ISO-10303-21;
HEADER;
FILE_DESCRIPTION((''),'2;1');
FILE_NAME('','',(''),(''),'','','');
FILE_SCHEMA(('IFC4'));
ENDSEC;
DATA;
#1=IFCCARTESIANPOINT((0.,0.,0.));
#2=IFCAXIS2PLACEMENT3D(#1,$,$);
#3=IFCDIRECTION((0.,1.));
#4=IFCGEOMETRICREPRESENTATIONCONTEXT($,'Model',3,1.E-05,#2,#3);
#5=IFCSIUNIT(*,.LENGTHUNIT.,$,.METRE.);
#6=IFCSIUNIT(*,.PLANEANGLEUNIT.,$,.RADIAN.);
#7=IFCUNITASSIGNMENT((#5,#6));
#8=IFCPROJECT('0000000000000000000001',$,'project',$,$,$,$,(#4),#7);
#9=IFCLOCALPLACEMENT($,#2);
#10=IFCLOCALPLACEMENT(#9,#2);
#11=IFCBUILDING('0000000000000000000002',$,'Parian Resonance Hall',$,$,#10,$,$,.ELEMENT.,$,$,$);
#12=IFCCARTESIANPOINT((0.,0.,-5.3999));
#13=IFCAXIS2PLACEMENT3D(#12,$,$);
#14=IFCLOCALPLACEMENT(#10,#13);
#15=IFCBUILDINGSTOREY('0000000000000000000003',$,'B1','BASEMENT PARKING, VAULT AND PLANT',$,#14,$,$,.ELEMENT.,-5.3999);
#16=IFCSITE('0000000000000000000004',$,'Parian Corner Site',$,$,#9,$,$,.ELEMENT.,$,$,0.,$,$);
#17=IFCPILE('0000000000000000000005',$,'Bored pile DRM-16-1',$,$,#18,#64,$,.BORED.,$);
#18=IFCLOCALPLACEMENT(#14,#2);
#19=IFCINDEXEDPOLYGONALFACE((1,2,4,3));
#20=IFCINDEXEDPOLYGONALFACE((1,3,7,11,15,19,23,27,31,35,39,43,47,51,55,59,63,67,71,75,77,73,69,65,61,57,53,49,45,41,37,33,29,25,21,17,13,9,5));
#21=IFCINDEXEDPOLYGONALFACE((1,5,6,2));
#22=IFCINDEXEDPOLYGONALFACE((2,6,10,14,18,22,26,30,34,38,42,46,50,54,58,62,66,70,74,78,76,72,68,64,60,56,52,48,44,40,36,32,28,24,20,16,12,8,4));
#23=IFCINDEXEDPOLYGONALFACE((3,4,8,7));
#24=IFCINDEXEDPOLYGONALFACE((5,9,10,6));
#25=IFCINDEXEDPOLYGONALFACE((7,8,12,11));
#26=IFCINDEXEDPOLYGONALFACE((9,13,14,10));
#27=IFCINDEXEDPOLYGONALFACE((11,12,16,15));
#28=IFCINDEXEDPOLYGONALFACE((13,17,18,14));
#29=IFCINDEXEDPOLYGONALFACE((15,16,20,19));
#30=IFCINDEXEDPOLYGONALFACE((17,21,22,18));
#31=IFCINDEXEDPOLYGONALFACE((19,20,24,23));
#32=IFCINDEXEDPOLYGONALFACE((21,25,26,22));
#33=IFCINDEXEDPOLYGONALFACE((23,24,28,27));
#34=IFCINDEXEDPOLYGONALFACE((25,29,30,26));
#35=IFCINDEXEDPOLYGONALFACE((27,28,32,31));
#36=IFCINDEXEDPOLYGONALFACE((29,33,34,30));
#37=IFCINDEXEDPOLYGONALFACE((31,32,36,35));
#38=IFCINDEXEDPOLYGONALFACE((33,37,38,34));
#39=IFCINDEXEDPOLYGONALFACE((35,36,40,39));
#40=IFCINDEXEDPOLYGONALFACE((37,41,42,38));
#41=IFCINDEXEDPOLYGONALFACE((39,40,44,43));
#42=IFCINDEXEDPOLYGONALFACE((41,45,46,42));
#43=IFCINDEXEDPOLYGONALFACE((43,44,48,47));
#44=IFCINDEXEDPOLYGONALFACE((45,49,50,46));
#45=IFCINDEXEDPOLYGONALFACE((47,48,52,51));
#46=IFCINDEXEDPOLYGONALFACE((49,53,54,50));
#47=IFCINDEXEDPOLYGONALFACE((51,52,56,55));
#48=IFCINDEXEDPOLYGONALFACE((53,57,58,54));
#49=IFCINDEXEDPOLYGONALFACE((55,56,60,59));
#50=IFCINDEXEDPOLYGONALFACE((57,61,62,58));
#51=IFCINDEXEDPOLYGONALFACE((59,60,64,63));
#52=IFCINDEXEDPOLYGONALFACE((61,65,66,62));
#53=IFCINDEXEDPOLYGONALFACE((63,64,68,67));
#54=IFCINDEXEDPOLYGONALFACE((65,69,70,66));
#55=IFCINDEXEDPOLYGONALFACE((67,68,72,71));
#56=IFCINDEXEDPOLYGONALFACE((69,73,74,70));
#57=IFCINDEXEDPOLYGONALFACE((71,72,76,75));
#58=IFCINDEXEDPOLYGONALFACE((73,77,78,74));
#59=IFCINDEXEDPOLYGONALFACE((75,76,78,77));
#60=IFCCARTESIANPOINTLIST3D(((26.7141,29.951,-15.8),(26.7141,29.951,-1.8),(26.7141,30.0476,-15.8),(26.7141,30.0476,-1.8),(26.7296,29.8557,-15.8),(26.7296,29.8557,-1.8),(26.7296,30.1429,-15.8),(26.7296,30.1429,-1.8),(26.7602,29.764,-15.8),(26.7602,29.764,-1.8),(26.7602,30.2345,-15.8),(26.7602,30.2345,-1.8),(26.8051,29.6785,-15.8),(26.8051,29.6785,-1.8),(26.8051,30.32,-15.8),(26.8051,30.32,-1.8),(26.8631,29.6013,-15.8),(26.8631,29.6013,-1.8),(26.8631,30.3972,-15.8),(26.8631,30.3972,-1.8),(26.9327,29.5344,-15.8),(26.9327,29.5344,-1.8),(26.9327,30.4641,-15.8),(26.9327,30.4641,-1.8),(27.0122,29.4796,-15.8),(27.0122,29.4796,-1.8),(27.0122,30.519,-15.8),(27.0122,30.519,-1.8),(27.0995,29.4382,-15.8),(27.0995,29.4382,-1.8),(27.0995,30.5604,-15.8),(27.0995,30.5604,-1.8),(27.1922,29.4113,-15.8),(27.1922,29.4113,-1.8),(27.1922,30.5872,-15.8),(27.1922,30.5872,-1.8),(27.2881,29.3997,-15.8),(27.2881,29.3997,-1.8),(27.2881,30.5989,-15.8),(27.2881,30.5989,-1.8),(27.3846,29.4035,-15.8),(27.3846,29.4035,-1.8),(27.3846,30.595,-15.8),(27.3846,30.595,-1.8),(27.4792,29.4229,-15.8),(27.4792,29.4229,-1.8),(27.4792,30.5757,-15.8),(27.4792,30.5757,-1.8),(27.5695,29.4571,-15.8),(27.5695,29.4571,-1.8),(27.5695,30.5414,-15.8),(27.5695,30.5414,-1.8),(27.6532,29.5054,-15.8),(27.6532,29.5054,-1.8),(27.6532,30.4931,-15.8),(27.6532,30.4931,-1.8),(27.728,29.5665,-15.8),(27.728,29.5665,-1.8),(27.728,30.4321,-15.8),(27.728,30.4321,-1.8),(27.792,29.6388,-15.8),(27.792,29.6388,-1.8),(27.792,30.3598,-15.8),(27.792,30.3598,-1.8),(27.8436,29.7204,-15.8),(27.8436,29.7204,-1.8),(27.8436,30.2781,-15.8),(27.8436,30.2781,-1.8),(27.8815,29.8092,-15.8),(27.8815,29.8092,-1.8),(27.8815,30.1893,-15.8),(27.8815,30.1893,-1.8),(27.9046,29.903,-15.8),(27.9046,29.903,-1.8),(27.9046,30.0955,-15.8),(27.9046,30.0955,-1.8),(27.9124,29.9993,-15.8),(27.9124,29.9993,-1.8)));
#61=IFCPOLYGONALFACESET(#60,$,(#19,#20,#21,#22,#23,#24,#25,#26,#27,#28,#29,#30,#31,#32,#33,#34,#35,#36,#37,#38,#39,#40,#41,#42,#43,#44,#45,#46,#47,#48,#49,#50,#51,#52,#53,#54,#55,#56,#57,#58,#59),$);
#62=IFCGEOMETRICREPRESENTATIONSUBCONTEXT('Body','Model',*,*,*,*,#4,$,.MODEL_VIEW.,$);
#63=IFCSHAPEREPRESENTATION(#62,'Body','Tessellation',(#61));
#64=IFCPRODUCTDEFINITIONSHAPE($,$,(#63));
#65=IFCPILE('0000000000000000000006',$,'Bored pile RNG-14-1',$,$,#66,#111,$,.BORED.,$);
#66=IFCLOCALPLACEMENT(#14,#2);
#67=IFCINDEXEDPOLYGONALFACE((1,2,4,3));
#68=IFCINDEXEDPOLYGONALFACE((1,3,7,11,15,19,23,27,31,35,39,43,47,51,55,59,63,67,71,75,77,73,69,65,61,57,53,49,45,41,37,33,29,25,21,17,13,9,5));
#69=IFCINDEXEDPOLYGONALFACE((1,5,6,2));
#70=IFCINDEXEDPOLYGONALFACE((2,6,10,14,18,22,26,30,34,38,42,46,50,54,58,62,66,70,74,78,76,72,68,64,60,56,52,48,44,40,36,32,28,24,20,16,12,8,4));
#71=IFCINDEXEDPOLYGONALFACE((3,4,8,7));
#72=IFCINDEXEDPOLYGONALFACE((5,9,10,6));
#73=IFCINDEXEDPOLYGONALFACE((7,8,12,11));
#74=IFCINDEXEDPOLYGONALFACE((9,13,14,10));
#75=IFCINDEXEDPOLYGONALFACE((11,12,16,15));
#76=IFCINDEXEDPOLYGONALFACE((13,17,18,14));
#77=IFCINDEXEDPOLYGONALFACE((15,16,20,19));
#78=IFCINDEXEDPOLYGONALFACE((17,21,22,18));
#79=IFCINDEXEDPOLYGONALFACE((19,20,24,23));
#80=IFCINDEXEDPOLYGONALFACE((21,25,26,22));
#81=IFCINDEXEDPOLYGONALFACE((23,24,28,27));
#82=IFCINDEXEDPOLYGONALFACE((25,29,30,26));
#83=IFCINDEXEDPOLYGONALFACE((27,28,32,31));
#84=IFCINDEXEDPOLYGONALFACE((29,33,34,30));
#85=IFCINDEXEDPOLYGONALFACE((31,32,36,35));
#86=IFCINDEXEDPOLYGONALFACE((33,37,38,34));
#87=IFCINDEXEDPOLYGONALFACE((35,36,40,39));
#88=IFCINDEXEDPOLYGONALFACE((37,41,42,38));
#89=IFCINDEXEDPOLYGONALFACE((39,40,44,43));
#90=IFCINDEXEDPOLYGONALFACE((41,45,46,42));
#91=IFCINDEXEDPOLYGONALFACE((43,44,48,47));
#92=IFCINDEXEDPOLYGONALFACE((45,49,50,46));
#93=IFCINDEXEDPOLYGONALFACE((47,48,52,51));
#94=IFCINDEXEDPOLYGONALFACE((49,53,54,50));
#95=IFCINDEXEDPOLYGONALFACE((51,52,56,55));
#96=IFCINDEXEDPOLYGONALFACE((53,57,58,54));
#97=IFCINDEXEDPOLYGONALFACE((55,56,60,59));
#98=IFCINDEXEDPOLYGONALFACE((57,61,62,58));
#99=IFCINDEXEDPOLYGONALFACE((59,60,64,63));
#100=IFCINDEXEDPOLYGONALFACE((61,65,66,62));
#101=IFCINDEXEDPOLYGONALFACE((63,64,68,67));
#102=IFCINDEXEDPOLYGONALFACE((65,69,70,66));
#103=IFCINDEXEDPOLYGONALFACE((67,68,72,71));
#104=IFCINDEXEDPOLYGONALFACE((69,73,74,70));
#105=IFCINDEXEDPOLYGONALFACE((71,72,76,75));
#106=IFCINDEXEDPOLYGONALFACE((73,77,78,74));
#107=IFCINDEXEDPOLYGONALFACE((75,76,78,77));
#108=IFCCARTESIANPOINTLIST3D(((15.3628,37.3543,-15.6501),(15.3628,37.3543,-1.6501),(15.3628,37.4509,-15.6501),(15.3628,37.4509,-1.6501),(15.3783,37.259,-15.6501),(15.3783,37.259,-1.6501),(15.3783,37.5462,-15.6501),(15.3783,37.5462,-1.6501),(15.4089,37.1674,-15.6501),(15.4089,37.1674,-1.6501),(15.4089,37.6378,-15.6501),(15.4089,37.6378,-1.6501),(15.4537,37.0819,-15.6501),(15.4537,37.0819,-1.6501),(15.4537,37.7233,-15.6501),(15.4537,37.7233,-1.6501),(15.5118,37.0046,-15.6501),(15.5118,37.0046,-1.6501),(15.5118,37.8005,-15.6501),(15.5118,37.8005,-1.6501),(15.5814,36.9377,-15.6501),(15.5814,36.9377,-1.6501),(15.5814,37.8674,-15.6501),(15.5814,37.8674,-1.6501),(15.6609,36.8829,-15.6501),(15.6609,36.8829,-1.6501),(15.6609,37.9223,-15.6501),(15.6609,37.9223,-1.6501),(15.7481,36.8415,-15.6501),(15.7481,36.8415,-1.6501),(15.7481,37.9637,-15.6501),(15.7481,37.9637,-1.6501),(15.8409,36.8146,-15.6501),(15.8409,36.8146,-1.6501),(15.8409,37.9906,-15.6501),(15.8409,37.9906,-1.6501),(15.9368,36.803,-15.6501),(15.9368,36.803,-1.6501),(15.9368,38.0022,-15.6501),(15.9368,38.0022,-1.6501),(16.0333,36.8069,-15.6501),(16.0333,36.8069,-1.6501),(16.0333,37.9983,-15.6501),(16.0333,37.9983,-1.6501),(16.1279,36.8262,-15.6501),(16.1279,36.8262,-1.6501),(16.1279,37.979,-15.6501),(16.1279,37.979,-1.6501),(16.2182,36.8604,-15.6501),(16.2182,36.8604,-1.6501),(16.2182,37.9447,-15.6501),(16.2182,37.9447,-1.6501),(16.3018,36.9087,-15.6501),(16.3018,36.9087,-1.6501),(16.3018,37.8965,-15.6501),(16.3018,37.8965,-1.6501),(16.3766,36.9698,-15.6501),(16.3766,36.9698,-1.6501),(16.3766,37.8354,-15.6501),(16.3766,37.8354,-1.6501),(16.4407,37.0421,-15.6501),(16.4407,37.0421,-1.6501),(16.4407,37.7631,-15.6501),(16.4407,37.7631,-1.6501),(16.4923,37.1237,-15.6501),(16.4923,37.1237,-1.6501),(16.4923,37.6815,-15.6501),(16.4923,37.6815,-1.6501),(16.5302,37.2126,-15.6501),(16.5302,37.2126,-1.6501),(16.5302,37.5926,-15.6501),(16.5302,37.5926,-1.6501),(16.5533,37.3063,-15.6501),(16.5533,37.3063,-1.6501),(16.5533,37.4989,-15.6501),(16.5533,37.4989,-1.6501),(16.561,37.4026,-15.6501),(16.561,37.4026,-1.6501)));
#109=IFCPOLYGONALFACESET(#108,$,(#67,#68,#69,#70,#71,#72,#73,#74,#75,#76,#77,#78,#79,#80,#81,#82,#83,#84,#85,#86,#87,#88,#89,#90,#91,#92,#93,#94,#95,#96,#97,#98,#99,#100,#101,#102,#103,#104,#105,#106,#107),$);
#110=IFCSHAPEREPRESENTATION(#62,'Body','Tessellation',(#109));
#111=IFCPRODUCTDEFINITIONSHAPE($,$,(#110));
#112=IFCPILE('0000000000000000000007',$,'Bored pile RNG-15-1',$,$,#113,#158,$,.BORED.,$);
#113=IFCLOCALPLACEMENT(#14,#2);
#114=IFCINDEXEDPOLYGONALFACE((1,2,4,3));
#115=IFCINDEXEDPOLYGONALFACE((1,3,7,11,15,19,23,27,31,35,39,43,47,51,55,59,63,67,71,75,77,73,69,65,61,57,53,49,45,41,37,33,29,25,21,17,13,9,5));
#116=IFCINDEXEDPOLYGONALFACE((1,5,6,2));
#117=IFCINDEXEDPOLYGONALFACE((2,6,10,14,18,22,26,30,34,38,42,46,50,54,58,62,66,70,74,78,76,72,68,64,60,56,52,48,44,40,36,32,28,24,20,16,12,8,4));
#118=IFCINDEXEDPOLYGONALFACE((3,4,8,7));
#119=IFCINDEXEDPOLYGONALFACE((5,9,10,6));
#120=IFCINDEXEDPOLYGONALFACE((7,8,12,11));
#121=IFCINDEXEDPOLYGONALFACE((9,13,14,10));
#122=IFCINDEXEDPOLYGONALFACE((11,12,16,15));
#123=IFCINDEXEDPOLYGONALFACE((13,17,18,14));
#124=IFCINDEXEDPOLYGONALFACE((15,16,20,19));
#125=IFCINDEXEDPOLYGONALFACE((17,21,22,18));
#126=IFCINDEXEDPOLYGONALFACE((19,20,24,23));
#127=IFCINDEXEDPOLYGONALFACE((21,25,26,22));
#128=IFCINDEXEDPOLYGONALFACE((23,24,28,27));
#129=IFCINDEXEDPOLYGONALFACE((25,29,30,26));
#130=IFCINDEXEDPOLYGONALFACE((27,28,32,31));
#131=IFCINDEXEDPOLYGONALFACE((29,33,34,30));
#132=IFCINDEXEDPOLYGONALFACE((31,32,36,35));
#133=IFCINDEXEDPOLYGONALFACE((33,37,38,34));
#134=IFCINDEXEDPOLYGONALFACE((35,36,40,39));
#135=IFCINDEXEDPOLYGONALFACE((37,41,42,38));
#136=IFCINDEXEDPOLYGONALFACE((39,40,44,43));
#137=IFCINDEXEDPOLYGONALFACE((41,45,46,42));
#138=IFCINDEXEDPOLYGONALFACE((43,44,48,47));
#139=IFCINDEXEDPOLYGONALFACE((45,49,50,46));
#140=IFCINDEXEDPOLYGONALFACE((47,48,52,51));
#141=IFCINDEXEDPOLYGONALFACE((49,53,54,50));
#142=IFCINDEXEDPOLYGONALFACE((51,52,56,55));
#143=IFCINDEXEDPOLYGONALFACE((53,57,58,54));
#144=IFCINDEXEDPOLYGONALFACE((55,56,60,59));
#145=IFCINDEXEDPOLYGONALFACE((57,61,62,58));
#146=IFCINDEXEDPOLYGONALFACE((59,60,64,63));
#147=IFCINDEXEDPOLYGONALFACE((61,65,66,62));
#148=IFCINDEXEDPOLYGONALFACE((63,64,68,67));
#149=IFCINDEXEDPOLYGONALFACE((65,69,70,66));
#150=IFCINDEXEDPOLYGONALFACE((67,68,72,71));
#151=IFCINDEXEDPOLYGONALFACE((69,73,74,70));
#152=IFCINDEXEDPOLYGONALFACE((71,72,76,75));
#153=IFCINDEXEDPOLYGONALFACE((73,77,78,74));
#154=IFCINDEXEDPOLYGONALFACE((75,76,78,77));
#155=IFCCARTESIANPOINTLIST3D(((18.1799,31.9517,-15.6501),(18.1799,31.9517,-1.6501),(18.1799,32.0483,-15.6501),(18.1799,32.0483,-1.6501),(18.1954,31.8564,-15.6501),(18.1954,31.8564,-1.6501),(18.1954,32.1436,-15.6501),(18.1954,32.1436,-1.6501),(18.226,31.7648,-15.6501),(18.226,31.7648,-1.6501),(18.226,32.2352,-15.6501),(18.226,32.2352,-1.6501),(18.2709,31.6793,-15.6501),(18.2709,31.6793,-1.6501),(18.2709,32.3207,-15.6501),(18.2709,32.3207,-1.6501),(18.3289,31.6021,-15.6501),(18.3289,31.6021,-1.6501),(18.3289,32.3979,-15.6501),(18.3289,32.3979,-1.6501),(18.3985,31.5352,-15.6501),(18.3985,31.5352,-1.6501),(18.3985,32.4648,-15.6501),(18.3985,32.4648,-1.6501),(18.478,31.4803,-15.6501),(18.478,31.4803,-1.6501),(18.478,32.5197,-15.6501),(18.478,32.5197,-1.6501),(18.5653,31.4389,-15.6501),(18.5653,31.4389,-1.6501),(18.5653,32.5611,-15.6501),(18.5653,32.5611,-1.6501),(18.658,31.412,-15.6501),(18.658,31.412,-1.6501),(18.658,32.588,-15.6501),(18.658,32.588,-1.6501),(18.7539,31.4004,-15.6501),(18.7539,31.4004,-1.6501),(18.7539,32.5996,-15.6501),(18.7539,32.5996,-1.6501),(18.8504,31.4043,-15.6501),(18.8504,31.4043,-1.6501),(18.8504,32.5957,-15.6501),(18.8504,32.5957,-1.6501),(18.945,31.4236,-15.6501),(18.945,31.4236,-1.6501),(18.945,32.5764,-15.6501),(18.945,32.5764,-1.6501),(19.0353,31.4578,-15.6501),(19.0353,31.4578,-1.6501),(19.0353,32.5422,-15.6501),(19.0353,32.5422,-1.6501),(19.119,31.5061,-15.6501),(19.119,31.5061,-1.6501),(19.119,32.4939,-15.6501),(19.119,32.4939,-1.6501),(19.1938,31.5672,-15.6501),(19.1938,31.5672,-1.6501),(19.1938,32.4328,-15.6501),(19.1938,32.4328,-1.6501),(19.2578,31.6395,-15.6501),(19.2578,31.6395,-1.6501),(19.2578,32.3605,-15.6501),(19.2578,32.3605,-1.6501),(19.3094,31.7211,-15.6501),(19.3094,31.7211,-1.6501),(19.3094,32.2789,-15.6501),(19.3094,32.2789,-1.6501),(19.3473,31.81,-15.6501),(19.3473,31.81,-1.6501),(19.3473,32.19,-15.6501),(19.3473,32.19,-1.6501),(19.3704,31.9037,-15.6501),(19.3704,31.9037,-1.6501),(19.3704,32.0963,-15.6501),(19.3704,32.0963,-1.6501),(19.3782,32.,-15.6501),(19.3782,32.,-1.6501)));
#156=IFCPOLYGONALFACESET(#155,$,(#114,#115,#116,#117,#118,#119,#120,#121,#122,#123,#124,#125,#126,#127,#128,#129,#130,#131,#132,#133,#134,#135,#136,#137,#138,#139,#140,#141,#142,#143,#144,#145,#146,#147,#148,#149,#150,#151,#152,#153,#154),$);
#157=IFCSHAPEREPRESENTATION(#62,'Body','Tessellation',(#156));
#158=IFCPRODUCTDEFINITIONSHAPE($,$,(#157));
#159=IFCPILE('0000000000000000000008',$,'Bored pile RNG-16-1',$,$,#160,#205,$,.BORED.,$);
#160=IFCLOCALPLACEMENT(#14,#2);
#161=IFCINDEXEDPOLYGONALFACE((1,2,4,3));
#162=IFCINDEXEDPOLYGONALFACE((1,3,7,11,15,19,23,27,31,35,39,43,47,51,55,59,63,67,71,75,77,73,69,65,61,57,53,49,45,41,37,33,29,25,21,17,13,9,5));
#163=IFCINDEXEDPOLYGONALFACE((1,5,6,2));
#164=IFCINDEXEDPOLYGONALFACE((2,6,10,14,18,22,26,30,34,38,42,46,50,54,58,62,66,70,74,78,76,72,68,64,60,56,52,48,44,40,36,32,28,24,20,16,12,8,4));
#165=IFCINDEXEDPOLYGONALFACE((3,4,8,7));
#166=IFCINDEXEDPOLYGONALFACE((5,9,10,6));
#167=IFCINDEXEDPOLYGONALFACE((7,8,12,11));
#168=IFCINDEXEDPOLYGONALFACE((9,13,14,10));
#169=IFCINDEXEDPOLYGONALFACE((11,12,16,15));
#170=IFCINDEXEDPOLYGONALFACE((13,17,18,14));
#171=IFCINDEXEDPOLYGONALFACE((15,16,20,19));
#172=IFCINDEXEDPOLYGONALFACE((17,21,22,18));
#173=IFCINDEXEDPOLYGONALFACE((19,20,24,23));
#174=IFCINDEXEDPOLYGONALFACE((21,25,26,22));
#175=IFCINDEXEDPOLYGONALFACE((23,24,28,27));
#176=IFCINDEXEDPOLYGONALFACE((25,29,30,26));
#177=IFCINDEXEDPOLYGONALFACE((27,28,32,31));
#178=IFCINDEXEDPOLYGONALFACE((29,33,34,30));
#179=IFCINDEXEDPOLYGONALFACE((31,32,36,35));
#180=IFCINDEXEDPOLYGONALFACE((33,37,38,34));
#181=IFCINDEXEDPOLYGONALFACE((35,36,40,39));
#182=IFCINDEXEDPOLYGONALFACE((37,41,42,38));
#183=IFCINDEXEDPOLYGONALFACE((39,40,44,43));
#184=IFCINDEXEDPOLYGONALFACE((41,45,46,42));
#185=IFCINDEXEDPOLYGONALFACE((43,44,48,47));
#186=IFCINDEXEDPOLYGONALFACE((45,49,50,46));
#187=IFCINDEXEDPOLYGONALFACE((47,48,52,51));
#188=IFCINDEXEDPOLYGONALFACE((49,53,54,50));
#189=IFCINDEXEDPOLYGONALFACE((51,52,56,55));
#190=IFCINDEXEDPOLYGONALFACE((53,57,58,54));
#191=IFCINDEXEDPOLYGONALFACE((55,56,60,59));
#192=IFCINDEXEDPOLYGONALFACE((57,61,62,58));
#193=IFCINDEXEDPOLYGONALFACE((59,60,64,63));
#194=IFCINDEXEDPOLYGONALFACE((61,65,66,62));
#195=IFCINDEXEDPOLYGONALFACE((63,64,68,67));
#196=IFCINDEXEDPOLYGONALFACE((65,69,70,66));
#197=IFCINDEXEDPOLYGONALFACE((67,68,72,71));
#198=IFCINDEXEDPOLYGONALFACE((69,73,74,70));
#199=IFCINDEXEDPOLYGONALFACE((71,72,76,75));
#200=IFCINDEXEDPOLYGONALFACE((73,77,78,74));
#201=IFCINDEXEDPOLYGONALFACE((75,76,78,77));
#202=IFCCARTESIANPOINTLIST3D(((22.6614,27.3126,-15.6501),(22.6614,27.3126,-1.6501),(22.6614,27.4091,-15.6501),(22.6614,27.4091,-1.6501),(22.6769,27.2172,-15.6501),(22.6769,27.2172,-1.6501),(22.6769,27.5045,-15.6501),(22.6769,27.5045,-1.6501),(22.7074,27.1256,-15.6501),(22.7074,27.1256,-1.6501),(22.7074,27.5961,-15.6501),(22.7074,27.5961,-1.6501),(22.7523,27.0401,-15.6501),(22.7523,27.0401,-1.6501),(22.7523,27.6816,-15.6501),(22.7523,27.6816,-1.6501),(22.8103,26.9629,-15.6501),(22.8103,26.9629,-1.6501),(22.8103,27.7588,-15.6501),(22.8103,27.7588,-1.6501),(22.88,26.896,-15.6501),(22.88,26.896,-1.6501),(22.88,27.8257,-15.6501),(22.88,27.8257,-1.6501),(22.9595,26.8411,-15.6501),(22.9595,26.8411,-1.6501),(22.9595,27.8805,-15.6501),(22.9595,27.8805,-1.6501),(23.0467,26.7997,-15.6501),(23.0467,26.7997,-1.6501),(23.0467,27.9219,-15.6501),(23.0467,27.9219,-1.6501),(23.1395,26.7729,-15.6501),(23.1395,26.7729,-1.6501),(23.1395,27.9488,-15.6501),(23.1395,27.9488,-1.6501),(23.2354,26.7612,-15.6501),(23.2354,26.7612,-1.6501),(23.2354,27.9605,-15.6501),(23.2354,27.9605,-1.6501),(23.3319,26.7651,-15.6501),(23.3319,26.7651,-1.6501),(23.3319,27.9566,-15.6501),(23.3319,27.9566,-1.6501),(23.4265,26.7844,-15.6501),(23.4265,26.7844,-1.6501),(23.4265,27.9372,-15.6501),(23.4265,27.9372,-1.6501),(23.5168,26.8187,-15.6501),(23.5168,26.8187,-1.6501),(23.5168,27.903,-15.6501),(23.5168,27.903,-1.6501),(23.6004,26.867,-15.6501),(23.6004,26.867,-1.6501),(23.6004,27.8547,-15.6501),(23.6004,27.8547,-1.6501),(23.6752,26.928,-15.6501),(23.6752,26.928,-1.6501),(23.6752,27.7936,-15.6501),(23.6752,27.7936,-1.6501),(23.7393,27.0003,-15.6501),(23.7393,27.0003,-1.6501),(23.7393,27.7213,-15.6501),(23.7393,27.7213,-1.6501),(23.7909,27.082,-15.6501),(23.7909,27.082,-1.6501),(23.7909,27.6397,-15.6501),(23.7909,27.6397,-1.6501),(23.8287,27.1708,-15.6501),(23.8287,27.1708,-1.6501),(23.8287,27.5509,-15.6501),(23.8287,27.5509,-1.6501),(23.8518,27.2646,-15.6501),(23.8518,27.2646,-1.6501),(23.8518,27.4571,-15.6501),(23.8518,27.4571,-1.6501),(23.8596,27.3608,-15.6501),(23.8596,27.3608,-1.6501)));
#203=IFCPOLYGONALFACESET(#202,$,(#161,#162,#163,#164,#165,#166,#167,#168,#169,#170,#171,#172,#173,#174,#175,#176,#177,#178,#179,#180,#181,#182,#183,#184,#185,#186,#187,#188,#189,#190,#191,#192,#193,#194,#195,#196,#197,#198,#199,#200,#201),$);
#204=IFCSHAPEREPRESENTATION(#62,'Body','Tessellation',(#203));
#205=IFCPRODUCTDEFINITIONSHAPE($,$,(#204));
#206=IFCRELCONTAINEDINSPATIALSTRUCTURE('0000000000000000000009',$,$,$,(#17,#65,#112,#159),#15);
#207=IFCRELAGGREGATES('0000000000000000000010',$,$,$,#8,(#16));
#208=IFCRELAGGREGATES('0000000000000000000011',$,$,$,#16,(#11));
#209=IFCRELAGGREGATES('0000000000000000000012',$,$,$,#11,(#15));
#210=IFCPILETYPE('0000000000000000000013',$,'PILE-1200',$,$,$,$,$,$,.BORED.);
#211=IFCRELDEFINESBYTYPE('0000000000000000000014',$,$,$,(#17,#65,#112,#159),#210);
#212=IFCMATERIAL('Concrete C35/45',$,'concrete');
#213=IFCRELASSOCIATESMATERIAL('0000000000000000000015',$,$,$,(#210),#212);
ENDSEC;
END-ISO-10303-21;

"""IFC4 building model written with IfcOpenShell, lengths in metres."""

from ifc_helpers import new_model, si_unit, direction, frame, origin, origin_2d, place, context, subcontext, project, spatial, circle, extrude, material, material_profile, profile_set, type_object, element, save


model = new_model("IFC4")

# Units and contexts
model_context = context("Model", 3, precision=1e-05, world=origin(), true_north=direction((0.0, 1.0)))
body_context = subcontext(model_context, "Body", "Model", "MODEL_VIEW")
ifc_project = project(units=[si_unit("LENGTHUNIT", "METRE"), si_unit("PLANEANGLEUNIT", "RADIAN")], contexts=[model_context])

# Site, building, storey
site_placement = place(None, origin())
site = spatial("IfcSite", under=ifc_project, at=site_placement, Name="Parian Corner Site", CompositionType="ELEMENT", RefElevation=0.0)
building_placement = place(site_placement, origin())
building = spatial("IfcBuilding", under=site, at=building_placement, Name="Parian Resonance Hall", CompositionType="ELEMENT")
storey_placement = place(building_placement, frame((0.0, 0.0, -5.3999)))
storey = spatial("IfcBuildingStorey", under=building, at=storey_placement, Name="B1", Description="BASEMENT PARKING, VAULT AND PLANT", CompositionType="ELEMENT", Elevation=-5.3999)

# Piles
ifc_material_1 = material(Name="Concrete C35/45", Category="concrete")
ifc_material_profile_1 = material_profile(ifc_material_1, circle(Radius=0.6001, at=origin_2d()), Name="PILE-D1200")
ifc_profile_set_1 = profile_set([ifc_material_profile_1], Name="Concrete C35/45")
pile_type = type_object("IfcPileType", Name="PILE-1200", PredefinedType="BORED", material=ifc_profile_set_1)
for number, where, z_axis, x_axis, name in (
    (1, (27.3123, 29.9993, -1.8), (0.0, 0.0, -1.0), (1.0, 0.0, 0.0), "Bored pile DRM-16-1"),
    (2, (15.9609, 37.4026, -1.6501), (0.0, 0.0, -1.0), (1.0, 0.0, 0.0), "Bored pile RNG-14-1"),
    (3, (18.7781, 32.0, -1.6501), (0.0, 0.0, -1.0), (1.0, 0.0, 0.0), "Bored pile RNG-15-1"),
    (4, (23.2595, 27.3608, -1.6501), (0.0, 0.0, -1.0), (1.0, 0.0, 0.0), "Bored pile RNG-16-1"),
):
    element("IfcPile", number, at=place(storey_placement, frame(where, z_axis=z_axis, x_axis=x_axis)), inside=storey, type_object=pile_type, Name=name, PredefinedType="BORED", context=body_context, shape_type="SweptSolid", body=[
        extrude(circle(Radius=0.6001, at=origin_2d()), origin(), (0.0, 0.0, 1.0), 14.0),
    ])

save(model, "model.ifc")
